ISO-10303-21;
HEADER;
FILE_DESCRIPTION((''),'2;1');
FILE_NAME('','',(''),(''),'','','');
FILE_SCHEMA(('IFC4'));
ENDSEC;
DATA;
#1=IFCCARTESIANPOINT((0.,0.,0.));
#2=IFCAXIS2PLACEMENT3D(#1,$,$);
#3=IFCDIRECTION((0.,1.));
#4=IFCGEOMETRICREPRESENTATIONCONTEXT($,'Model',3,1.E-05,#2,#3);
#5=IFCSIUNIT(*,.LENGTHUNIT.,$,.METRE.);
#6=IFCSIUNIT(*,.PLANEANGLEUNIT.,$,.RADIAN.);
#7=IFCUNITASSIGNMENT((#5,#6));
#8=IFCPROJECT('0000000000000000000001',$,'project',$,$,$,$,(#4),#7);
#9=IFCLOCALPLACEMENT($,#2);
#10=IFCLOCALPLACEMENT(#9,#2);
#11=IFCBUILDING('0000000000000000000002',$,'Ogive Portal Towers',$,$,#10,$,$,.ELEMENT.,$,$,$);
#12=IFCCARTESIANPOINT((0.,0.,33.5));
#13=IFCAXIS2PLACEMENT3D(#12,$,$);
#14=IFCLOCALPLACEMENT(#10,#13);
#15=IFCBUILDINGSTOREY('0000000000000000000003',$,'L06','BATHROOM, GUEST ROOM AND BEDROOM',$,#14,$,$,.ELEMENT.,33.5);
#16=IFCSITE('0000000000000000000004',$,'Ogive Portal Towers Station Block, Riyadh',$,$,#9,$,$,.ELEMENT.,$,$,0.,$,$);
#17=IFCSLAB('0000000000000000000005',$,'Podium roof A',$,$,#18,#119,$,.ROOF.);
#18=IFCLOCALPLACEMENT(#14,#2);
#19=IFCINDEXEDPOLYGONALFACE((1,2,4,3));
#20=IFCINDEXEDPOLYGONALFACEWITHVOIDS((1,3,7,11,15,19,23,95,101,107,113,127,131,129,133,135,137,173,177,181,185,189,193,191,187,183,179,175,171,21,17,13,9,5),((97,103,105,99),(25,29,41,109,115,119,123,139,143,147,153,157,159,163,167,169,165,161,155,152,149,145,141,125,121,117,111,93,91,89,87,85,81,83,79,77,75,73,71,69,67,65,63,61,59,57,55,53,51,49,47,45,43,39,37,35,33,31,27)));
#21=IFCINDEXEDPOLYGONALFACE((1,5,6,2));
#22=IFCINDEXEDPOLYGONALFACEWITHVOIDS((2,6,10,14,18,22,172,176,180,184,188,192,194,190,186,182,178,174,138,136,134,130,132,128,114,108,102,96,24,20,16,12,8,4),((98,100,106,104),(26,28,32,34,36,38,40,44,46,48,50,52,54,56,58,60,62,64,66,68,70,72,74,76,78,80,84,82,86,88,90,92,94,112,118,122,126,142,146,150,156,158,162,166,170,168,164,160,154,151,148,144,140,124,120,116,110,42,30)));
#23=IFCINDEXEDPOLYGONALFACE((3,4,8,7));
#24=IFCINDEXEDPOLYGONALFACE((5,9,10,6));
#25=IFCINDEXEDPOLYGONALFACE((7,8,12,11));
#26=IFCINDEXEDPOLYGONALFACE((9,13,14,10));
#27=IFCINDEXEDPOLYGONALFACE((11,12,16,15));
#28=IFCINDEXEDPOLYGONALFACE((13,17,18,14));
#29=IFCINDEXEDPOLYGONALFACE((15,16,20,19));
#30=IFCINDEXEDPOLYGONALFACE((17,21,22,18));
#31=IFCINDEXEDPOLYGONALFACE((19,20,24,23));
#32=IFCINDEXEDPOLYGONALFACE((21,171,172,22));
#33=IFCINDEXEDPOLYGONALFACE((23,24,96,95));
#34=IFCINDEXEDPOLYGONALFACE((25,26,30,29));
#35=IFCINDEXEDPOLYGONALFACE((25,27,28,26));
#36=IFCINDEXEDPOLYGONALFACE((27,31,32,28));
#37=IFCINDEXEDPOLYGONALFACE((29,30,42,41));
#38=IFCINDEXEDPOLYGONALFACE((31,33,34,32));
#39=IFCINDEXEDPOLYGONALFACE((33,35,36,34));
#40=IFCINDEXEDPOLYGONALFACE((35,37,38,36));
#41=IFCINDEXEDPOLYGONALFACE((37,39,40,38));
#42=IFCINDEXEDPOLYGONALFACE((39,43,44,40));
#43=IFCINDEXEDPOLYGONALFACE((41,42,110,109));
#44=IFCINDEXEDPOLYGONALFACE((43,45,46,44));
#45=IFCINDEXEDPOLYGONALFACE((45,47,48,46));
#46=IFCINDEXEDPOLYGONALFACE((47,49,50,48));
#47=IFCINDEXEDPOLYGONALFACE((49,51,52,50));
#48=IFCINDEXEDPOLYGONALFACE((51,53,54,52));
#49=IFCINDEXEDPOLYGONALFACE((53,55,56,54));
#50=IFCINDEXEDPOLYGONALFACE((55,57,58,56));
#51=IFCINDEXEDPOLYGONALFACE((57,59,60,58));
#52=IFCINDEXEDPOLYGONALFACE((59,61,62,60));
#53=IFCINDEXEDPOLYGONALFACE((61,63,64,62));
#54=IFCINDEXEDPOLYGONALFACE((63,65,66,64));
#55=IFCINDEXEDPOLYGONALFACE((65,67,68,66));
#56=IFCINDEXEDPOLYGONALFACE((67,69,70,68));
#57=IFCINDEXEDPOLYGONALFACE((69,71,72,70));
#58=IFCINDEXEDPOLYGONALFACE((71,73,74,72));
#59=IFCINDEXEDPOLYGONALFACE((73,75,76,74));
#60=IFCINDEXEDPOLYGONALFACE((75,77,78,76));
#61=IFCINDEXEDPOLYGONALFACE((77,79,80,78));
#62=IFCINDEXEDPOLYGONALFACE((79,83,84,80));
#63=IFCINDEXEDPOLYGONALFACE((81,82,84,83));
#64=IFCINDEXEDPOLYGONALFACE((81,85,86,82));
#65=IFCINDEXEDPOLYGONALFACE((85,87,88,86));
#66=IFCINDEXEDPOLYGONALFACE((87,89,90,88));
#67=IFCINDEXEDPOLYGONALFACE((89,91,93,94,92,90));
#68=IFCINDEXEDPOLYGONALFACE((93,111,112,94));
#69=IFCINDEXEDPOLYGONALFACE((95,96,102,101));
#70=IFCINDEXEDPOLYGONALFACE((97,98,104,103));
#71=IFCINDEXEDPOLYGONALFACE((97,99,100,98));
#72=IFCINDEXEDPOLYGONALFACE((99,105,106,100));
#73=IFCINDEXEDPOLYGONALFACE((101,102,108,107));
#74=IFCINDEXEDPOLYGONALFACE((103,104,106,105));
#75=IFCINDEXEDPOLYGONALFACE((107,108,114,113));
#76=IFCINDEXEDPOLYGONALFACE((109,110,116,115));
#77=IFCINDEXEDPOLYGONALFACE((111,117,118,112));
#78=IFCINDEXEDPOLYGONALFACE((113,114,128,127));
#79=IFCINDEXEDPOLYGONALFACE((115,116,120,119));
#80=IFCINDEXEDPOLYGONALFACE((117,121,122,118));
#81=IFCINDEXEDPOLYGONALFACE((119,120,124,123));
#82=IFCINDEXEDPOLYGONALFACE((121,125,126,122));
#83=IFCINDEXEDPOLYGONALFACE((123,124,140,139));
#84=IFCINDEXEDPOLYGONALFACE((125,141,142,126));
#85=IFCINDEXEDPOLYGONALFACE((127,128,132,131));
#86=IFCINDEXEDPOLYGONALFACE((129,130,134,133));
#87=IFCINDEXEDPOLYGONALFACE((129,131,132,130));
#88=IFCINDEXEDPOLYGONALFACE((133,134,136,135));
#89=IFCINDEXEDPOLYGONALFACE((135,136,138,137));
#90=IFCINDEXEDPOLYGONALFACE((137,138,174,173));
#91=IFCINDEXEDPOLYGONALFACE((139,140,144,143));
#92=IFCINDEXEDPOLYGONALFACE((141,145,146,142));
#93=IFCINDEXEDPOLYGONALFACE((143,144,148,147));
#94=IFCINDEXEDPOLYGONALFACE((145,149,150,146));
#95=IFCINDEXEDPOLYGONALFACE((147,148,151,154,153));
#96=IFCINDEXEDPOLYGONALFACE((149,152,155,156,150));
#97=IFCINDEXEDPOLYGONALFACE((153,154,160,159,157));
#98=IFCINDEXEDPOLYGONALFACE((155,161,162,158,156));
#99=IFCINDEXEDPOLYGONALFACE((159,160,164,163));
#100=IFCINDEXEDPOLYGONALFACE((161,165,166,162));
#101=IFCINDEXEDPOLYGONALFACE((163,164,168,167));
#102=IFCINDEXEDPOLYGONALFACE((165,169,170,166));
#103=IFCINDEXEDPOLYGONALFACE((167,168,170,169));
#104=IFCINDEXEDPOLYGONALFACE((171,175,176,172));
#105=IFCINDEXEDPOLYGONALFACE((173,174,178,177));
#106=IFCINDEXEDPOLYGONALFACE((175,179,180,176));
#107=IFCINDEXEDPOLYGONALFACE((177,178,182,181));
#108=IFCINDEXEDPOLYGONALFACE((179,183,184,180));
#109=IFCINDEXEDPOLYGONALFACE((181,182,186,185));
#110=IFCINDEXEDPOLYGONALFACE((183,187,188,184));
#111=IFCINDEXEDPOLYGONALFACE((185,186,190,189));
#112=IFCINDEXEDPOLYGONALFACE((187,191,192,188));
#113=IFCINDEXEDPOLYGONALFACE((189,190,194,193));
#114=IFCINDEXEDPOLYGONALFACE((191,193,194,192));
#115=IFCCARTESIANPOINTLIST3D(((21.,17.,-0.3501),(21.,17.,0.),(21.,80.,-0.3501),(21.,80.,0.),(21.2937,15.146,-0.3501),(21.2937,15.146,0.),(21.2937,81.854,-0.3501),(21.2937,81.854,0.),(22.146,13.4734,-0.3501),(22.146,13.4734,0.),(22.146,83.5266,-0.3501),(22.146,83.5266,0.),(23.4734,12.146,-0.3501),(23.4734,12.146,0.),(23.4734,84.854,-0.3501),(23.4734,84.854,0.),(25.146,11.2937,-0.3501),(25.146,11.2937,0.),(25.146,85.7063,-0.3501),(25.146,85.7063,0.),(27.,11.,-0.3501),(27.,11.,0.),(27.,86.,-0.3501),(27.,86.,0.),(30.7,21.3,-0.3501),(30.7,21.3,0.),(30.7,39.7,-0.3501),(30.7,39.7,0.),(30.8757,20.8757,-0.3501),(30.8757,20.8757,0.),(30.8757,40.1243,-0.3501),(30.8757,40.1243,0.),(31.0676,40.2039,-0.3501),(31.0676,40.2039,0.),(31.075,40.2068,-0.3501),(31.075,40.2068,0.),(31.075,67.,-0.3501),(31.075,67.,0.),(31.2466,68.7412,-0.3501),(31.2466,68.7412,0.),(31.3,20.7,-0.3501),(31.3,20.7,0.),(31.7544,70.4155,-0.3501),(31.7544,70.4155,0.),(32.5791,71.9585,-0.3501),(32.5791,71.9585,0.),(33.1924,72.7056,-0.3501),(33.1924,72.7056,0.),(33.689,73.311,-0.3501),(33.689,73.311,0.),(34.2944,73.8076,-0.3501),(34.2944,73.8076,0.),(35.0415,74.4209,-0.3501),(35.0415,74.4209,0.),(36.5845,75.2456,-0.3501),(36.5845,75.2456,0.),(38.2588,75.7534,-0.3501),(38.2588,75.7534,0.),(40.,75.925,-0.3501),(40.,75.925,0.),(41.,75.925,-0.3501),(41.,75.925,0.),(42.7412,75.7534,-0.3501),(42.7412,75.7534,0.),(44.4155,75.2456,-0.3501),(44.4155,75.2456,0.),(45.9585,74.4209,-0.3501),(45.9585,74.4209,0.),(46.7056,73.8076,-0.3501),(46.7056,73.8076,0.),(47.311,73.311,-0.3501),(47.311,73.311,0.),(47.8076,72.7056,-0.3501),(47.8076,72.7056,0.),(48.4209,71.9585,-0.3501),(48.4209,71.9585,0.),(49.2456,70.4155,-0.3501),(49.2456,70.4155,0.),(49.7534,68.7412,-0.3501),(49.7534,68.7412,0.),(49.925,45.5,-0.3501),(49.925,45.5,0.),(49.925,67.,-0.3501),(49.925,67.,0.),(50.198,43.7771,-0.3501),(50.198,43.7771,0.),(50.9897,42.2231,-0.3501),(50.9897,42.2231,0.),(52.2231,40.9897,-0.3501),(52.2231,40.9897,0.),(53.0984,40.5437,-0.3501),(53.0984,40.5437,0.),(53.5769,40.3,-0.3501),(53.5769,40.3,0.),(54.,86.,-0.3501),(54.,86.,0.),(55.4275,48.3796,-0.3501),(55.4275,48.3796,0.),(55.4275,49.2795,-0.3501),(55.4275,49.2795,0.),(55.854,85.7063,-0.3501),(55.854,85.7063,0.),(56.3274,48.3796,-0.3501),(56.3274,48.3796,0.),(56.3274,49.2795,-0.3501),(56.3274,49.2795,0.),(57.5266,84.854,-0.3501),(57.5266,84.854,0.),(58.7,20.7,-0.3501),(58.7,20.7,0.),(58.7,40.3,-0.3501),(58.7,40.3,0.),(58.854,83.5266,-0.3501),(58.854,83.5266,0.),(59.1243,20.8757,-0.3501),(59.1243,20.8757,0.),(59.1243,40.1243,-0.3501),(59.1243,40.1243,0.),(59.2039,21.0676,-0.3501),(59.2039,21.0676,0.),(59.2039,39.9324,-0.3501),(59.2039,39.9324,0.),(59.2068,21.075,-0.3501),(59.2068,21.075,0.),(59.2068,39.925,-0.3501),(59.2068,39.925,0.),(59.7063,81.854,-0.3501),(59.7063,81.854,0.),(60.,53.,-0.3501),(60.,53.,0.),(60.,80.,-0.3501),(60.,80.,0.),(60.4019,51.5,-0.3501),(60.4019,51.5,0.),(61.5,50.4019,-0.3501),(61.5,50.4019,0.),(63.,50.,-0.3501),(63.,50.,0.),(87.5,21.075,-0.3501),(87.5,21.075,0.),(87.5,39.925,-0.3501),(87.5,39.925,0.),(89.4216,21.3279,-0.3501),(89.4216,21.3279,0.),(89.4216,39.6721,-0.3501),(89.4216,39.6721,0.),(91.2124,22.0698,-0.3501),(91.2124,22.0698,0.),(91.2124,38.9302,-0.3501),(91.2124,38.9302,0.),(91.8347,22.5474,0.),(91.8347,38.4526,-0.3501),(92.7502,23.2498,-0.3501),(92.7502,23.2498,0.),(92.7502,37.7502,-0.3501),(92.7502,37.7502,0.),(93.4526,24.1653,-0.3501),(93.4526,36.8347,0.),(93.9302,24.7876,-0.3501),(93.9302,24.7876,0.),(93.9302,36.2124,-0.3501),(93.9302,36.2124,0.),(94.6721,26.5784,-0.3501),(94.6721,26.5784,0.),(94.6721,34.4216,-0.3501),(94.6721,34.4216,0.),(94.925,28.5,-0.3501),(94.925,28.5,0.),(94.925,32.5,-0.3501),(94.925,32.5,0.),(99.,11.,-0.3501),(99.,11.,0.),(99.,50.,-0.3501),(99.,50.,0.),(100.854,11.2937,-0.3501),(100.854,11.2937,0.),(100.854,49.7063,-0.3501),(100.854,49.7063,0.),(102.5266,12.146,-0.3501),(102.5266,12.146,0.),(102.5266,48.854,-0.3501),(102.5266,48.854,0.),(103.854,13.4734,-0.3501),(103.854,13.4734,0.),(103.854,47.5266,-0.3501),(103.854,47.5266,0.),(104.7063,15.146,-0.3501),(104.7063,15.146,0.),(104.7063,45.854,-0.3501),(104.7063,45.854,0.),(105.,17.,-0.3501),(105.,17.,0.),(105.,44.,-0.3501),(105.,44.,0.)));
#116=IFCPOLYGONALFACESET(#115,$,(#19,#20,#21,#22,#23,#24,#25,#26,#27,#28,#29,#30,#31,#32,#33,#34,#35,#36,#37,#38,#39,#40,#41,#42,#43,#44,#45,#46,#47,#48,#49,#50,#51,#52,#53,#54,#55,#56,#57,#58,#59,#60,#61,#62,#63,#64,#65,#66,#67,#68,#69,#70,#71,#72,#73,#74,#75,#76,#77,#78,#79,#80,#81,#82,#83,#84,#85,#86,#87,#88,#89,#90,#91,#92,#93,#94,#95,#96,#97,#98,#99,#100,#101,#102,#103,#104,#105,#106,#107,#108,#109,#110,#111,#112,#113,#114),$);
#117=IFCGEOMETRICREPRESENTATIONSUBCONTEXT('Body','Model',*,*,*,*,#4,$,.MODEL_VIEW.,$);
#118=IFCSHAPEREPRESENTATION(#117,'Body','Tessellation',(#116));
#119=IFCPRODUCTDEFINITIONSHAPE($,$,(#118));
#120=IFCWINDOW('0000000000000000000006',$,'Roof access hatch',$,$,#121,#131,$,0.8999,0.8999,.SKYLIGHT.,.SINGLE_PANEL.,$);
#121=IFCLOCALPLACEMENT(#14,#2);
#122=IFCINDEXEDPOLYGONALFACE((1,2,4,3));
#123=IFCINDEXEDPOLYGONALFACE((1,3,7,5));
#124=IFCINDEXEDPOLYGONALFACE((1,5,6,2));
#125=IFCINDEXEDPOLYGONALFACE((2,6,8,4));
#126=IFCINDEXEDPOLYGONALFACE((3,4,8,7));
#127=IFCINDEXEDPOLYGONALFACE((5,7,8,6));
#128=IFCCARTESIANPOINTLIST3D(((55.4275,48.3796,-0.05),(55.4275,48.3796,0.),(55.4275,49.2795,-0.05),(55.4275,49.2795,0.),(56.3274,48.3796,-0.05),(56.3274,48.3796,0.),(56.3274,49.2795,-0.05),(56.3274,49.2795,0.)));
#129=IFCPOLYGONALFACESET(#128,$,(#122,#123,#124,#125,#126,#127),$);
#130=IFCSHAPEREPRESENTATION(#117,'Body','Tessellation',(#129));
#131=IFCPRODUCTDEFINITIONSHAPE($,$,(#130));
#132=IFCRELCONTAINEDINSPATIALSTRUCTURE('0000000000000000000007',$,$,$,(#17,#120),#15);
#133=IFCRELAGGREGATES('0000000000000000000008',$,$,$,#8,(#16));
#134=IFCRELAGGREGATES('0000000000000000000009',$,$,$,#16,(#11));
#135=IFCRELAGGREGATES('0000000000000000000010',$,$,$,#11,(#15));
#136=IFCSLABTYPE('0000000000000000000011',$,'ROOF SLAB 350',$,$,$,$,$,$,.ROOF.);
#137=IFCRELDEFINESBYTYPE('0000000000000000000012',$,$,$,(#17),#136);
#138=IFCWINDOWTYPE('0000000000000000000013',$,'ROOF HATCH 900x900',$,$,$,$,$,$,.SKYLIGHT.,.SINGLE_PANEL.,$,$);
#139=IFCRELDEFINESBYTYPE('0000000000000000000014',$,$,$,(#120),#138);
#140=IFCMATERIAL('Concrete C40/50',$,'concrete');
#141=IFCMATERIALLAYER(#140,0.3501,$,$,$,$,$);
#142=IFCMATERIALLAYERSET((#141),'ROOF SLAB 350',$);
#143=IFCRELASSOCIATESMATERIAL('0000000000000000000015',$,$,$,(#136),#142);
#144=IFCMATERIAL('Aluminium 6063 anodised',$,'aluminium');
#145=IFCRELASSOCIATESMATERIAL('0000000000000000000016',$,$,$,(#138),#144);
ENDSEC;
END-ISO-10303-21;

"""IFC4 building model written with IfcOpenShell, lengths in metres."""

from ifc_helpers import new_model, si_unit, direction, frame, origin, origin_2d, place, context, subcontext, project, spatial, polyline, rectangle, outline, extrude, material, layer, layer_set, type_object, element, fill, save


model = new_model("IFC4")

# Units and contexts
model_context = context("Model", 3, precision=1e-05, world=origin(), true_north=direction((0.0, 1.0)))
body_context = subcontext(model_context, "Body", "Model", "MODEL_VIEW")
ifc_project = project(units=[si_unit("LENGTHUNIT", "METRE"), si_unit("PLANEANGLEUNIT", "RADIAN")], contexts=[model_context])

# Site, building, storey
site_placement = place(None, origin())
site = spatial("IfcSite", under=ifc_project, at=site_placement, Name="Ogive Portal Towers Station Block, Riyadh", CompositionType="ELEMENT", RefElevation=0.0)
building_placement = place(site_placement, origin())
building = spatial("IfcBuilding", under=site, at=building_placement, Name="Ogive Portal Towers", CompositionType="ELEMENT")
storey_placement = place(building_placement, frame((0.0, 0.0, 33.5)))
storey = spatial("IfcBuildingStorey", under=building, at=storey_placement, Name="L06", Description="BATHROOM, GUEST ROOM AND BEDROOM", CompositionType="ELEMENT", Elevation=33.5)

# Shared definitions
ifc_material_1 = material(Name="Concrete C40/50", Category="concrete")

# Slab, opening, window
ifc_layer_1 = layer(ifc_material_1, 0.3501)
ifc_layer_set_1 = layer_set([ifc_layer_1], Name="ROOF SLAB 350")
slab_type_1 = type_object("IfcSlabType", Name="ROOF SLAB 350", PredefinedType="ROOF", material=ifc_layer_set_1)
slab_1_placement = place(storey_placement, frame((0.0, 0.0, -0.3501)))
slab_1 = element("IfcSlab", 1, at=slab_1_placement, inside=storey, type_object=slab_type_1, Name="Podium roof A", PredefinedType="ROOF", context=body_context, shape_type="SweptSolid", body=[
    extrude(outline(polyline([(21.2937, 81.854), (22.146, 83.5266), (23.4734, 84.854), (25.146, 85.7063), (27.0, 86.0), (54.0, 86.0), (55.854, 85.7063), (57.5266, 84.854), (58.854, 83.5266), (59.7063, 81.854), (60.0, 80.0), (60.0, 53.0), (60.4019, 51.5), (61.5, 50.4019), (63.0, 50.0), (99.0, 50.0), (100.854, 49.7063), (102.5266, 48.854), (103.854, 47.5266), (104.7063, 45.854), (105.0, 44.0), (105.0, 17.0), (104.7063, 15.146), (103.854, 13.4734), (102.5266, 12.146), (100.854, 11.2937), (99.0, 11.0), (27.0, 11.0), (25.146, 11.2937), (23.4734, 12.146), (22.146, 13.4734), (21.2937, 15.146), (21.0, 17.0), (21.0, 80.0), (21.2937, 81.854)]), holes=[polyline([(59.2039, 39.9324), (59.1243, 40.1243), (58.7, 40.3), (58.7, 40.3), (53.5769, 40.3), (53.0984, 40.5437), (52.2231, 40.9897), (50.9897, 42.2231), (50.563, 43.0608), (50.198, 43.7771), (49.925, 45.5), (49.925, 67.0), (49.7534, 68.7412), (49.2456, 70.4155), (48.8389, 71.1765), (48.4209, 71.9585), (47.8076, 72.7056), (47.311, 73.311), (46.7056, 73.8076), (45.9585, 74.4209), (45.1765, 74.8389), (44.4155, 75.2456), (42.7412, 75.7534), (41.0, 75.925), (41.0, 75.925), (41.0, 75.925), (40.0, 75.925), (38.2588, 75.7534), (36.5845, 75.2456), (35.8235, 74.8389), (35.0415, 74.4209), (34.2944, 73.8076), (33.689, 73.311), (33.1924, 72.7056), (32.5791, 71.9585), (32.1611, 71.1765), (31.7544, 70.4155), (31.2466, 68.7412), (31.075, 67.0), (31.075, 40.2068), (31.0676, 40.2039), (30.8757, 40.1243), (30.7, 39.7), (30.7, 39.7), (30.7, 21.3), (30.8757, 20.8757), (31.3, 20.7), (58.7, 20.7), (58.7, 20.7), (59.1243, 20.8757), (59.2039, 21.0676), (59.2068, 21.075), (87.5, 21.075), (89.4216, 21.3279), (91.2124, 22.0698), (91.8347, 22.5474), (92.7502, 23.2498), (93.4526, 24.1653), (93.9302, 24.7876), (94.6721, 26.5784), (94.925, 28.5), (94.925, 32.5), (94.6721, 34.4216), (93.9302, 36.2124), (93.4526, 36.8347), (92.7502, 37.7502), (91.8347, 38.4526), (91.2124, 38.9302), (89.4216, 39.6721), (87.5, 39.925), (59.2068, 39.925), (59.2039, 39.9324)])]), origin(), (0.0, 0.0, 1.0), 0.3501),
])
opening_1_placement = place(slab_1_placement, frame((55.8774, 48.8296, 0.0)))
opening_1 = element("IfcOpeningElement", 2, at=opening_1_placement, cuts=slab_1, PredefinedType="OPENING", context=body_context, shape_type="SweptSolid", body=[
    extrude(rectangle(XDim=0.8999, YDim=0.8999, at=origin_2d()), origin(), (0.0, 0.0, 1.0), 0.3501),
])
ifc_material_2 = material(Name="Aluminium 6063 anodised", Category="aluminium")
window_type = type_object("IfcWindowType", Name="ROOF HATCH 900x900", PartitioningType="SINGLE_PANEL", PredefinedType="SKYLIGHT", material=ifc_material_2)
window_1_placement = place(opening_1_placement, frame((0.0, 0.0, 0.3)))
window_1 = element("IfcWindow", 3, at=window_1_placement, inside=storey, type_object=window_type, Name="Roof access hatch", OverallHeight=0.8999, OverallWidth=0.8999, PartitioningType="SINGLE_PANEL", PredefinedType="SKYLIGHT", context=body_context, shape_type="SweptSolid", body=[
    extrude(rectangle(XDim=0.8999, YDim=0.8999, at=origin_2d()), origin(), (0.0, 0.0, 1.0), 0.05),
])
fill(opening_1, window_1)

save(model, "model.ifc")
